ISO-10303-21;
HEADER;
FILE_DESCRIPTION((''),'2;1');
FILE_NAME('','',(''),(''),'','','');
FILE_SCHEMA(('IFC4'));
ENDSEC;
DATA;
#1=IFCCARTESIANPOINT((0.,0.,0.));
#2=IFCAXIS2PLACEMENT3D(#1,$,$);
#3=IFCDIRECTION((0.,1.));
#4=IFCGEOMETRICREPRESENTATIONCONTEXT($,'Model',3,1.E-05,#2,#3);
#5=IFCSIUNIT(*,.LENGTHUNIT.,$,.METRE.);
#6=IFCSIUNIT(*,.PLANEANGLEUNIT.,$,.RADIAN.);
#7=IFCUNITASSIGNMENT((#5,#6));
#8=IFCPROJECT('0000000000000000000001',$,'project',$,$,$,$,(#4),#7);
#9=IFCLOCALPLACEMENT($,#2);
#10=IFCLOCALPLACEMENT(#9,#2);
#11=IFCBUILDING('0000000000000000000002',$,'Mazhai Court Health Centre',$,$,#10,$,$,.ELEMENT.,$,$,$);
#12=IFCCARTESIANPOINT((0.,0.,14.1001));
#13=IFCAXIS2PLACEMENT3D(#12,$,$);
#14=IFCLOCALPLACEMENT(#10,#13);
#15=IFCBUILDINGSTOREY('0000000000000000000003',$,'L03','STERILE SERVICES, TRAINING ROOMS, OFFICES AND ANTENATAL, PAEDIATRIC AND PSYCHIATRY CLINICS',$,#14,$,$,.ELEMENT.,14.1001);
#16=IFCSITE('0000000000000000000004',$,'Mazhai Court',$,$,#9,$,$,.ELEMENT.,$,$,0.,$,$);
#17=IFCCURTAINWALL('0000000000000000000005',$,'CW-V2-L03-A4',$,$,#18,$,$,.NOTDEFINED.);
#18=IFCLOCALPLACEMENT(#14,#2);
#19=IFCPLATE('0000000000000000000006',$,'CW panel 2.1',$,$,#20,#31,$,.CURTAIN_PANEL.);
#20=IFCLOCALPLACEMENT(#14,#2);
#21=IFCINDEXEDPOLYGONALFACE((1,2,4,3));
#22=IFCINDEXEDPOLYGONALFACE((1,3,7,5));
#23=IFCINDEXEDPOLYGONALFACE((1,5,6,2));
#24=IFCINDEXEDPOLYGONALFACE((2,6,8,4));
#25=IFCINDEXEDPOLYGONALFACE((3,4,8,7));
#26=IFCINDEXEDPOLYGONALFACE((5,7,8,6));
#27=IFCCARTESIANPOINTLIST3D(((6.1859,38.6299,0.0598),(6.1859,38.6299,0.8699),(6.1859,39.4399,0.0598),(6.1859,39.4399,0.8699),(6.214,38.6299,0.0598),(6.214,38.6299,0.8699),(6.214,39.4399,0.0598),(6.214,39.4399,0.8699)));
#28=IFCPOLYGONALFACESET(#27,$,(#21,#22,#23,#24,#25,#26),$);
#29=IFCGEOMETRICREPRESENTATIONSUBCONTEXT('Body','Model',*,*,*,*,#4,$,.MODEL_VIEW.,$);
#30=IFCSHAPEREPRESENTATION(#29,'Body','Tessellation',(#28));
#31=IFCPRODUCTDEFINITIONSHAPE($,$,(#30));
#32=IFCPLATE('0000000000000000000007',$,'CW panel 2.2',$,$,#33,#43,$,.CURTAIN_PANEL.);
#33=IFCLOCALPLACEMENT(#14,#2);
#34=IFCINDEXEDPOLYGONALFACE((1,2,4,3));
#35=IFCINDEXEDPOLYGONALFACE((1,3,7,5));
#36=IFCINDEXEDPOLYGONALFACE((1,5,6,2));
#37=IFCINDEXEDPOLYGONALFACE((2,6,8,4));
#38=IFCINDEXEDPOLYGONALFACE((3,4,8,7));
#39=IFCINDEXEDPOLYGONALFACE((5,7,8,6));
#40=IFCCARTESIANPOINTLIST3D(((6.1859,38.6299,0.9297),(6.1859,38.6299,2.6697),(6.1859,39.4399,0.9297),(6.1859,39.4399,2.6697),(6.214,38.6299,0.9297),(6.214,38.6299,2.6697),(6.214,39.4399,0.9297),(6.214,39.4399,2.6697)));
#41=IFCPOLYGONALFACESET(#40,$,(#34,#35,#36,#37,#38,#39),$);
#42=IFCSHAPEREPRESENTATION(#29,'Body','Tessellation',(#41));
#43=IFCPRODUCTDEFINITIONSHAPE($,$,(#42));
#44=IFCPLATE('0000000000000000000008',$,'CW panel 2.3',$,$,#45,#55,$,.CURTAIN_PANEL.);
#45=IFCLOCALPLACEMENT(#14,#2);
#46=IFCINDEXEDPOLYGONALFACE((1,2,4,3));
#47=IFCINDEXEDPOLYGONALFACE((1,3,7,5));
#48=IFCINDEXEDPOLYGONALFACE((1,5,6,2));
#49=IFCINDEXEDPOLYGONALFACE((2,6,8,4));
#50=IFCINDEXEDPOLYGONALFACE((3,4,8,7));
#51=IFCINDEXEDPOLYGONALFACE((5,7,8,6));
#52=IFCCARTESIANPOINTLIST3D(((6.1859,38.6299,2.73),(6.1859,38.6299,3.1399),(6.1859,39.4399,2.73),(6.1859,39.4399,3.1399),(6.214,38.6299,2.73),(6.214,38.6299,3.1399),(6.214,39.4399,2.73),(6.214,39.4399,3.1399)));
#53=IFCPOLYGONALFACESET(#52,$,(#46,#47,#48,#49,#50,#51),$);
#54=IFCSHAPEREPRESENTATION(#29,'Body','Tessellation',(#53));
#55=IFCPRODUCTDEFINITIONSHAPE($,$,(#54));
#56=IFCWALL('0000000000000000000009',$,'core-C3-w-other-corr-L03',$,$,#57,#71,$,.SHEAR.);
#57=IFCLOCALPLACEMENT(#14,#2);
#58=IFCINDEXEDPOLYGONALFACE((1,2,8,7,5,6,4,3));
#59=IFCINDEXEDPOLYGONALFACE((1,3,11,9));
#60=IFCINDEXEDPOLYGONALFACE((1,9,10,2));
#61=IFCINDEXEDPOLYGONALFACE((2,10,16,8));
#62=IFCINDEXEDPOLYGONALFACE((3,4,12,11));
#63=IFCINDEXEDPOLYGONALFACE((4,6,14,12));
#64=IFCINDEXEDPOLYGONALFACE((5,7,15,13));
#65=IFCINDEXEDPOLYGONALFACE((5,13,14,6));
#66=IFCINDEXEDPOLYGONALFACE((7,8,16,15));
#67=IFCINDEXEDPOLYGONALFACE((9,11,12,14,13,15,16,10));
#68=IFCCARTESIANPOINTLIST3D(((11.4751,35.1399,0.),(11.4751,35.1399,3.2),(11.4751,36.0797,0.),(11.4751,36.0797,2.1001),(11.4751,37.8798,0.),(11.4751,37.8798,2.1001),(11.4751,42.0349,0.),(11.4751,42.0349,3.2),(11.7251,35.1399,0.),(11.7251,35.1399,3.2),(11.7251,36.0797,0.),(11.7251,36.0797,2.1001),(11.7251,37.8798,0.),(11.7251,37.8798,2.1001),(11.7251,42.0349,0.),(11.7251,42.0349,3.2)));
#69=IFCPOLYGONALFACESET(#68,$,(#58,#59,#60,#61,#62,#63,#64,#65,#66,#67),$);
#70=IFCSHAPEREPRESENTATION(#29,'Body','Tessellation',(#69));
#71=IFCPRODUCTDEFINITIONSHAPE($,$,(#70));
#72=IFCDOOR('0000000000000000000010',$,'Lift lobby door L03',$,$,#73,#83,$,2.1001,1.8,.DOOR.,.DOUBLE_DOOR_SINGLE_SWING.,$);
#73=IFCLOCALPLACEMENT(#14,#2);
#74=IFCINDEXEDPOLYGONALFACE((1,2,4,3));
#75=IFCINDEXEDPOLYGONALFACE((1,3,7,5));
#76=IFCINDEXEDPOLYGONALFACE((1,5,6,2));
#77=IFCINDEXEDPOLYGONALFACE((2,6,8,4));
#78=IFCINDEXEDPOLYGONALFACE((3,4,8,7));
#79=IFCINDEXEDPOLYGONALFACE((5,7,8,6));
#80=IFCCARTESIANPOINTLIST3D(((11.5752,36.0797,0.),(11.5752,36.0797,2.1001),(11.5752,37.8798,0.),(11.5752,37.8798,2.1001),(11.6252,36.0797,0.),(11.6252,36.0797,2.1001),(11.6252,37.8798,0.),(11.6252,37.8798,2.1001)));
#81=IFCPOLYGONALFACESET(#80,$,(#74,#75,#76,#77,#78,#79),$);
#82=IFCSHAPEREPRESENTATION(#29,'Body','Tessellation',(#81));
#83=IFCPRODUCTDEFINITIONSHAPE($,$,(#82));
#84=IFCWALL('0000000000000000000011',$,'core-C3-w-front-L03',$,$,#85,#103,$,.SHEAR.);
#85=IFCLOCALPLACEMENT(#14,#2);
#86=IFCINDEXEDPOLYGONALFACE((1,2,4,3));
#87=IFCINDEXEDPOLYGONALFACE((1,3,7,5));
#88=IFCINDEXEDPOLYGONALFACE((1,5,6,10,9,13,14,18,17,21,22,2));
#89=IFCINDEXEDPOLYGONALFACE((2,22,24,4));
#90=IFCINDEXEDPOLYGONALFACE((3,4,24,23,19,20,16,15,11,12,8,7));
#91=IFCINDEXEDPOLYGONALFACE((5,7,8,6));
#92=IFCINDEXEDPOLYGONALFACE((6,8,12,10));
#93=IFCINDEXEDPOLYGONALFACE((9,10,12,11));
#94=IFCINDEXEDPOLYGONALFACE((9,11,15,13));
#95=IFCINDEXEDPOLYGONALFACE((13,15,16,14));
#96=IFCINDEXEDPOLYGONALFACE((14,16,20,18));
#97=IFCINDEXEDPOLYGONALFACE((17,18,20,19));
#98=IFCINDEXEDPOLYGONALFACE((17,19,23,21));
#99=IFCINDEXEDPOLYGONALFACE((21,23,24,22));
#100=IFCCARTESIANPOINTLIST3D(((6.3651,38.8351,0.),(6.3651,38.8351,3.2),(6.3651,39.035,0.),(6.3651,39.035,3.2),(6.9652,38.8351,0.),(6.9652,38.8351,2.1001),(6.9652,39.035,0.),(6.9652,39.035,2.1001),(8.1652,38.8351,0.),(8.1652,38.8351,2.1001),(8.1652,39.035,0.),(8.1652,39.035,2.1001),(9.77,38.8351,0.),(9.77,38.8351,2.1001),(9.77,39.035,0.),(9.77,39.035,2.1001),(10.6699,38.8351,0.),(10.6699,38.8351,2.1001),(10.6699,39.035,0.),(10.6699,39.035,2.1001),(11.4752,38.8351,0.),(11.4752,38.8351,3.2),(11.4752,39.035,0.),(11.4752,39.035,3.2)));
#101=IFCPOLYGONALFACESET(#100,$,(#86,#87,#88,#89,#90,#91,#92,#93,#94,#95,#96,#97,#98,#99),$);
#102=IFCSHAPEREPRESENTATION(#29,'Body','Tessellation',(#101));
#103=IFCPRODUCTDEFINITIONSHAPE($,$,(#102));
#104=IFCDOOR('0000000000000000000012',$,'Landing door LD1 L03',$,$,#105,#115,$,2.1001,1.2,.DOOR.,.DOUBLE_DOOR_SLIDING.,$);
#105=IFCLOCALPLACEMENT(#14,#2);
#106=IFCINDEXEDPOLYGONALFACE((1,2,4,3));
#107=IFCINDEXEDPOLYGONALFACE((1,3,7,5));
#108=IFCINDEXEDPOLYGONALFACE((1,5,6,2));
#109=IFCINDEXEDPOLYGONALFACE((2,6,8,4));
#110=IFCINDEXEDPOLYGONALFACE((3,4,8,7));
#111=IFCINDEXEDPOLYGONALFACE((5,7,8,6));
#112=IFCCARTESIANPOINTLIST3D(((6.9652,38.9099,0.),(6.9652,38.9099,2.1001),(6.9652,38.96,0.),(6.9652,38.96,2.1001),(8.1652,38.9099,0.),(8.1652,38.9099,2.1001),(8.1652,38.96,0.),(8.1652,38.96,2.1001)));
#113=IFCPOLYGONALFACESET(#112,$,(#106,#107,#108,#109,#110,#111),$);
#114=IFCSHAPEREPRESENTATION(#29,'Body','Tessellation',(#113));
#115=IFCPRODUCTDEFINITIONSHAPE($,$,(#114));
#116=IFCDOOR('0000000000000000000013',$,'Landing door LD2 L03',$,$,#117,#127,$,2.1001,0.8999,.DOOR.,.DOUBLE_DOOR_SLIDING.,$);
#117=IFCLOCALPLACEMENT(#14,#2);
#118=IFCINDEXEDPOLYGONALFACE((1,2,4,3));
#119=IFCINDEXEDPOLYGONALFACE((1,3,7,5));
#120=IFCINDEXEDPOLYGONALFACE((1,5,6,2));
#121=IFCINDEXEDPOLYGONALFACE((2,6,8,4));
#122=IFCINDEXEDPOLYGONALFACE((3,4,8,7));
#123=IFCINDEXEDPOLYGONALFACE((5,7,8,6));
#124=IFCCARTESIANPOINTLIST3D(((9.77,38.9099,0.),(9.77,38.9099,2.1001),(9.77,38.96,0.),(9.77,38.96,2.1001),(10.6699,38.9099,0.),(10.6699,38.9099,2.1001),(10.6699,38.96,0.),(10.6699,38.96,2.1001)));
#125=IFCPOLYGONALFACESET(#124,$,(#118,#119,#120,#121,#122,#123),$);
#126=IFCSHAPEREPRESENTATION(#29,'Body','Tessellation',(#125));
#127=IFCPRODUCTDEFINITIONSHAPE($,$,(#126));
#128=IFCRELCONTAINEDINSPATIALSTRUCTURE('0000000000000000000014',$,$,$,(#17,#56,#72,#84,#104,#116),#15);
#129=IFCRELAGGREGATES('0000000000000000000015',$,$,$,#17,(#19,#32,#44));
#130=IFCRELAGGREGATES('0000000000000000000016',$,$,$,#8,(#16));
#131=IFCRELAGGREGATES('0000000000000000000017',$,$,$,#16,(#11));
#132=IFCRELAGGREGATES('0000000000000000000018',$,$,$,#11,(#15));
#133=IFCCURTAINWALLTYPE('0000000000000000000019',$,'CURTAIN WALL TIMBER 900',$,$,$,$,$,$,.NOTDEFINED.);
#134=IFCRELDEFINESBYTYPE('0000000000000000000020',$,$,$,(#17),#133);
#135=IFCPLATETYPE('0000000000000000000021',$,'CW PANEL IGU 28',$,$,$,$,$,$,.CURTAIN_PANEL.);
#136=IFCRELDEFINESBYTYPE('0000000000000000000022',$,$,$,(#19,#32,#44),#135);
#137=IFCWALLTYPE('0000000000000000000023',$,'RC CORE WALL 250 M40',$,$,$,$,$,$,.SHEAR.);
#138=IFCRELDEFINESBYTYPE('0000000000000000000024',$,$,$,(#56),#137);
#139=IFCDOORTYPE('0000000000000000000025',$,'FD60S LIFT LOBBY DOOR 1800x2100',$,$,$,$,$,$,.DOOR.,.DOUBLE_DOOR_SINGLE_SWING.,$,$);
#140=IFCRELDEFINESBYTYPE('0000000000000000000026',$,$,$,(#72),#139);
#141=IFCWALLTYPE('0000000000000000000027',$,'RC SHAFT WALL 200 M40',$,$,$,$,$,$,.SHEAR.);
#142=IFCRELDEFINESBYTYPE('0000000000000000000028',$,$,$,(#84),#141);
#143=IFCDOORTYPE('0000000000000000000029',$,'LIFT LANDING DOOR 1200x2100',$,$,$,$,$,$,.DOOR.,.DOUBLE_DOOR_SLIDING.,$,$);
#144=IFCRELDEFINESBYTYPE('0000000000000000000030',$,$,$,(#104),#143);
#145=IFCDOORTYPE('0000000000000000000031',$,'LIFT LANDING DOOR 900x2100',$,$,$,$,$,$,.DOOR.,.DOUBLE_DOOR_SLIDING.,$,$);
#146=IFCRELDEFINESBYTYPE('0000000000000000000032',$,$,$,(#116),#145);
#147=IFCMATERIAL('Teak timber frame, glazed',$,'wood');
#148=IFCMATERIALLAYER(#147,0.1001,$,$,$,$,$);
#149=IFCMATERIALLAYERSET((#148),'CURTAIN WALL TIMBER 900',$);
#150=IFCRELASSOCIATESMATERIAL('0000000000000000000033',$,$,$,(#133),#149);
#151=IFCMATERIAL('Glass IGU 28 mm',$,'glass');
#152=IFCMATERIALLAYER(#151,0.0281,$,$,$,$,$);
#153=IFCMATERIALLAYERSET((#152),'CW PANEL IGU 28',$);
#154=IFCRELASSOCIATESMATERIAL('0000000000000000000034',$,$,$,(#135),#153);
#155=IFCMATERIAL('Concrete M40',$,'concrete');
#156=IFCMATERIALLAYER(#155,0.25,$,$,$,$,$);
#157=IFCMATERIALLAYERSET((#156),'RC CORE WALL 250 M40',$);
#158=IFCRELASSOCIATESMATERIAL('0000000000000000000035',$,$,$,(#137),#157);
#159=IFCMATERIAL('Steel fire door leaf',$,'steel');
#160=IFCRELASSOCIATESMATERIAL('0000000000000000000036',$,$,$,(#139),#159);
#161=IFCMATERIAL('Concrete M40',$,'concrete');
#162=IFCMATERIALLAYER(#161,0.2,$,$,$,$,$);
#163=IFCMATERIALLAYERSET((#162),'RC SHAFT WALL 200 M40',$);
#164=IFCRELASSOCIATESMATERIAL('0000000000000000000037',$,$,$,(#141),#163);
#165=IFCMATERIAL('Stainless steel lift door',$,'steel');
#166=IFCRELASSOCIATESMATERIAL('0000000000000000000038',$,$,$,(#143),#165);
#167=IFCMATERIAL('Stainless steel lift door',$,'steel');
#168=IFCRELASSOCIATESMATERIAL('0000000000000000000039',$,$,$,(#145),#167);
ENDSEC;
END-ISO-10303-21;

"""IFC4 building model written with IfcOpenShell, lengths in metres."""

from ifc_helpers import new_model, si_unit, direction, frame, frame_2d, origin, origin_2d, place, context, subcontext, project, spatial, rectangle, extrude, material, layer, layer_set, type_object, element, fill, aggregate, save


model = new_model("IFC4")

# Units and contexts
model_context = context("Model", 3, precision=1e-05, world=origin(), true_north=direction((0.0, 1.0)))
body_context = subcontext(model_context, "Body", "Model", "MODEL_VIEW")
ifc_project = project(units=[si_unit("LENGTHUNIT", "METRE"), si_unit("PLANEANGLEUNIT", "RADIAN")], contexts=[model_context])

# Site, building, storey
site_placement = place(None, origin())
site = spatial("IfcSite", under=ifc_project, at=site_placement, Name="Mazhai Court", CompositionType="ELEMENT", RefElevation=0.0)
building_placement = place(site_placement, origin())
building = spatial("IfcBuilding", under=site, at=building_placement, Name="Mazhai Court Health Centre", CompositionType="ELEMENT")
storey_placement = place(building_placement, frame((0.0, 0.0, 14.1001)))
storey = spatial("IfcBuildingStorey", under=building, at=storey_placement, Name="L03", Description="STERILE SERVICES, TRAINING ROOMS, OFFICES AND ANTENATAL, PAEDIATRIC AND PSYCHIATRY CLINICS", CompositionType="ELEMENT", Elevation=14.1001)

# Curtain wall, plates
ifc_material_1 = material(Name="Teak timber frame, glazed", Category="wood")
ifc_layer_1 = layer(ifc_material_1, 0.1001)
ifc_layer_set_1 = layer_set([ifc_layer_1], Name="CURTAIN WALL TIMBER 900")
curtain_wall_type = type_object("IfcCurtainWallType", Name="CURTAIN WALL TIMBER 900", PredefinedType="NOTDEFINED", material=ifc_layer_set_1)
curtain_wall_placement = place(storey_placement, origin())
curtain_wall = element("IfcCurtainWall", 1, at=curtain_wall_placement, inside=storey, type_object=curtain_wall_type, Name="CW-V2-L03-A4", PredefinedType="NOTDEFINED")
ifc_material_2 = material(Name="Glass IGU 28 mm", Category="glass")
ifc_layer_2 = layer(ifc_material_2, 0.0281)
ifc_layer_set_2 = layer_set([ifc_layer_2], Name="CW PANEL IGU 28")
plate_type = type_object("IfcPlateType", Name="CW PANEL IGU 28", PredefinedType="CURTAIN_PANEL", material=ifc_layer_set_2)
plate_1_placement = place(storey_placement, frame((6.2, 39.0349, 0.0598), z_axis=(0.0, 0.0, 1.0), x_axis=(0.0, 1.0, 0.0)))
plate_1 = element("IfcPlate", 2, at=plate_1_placement, type_object=plate_type, Name="CW panel 2.1", PredefinedType="CURTAIN_PANEL", context=body_context, shape_type="SweptSolid", body=[
    extrude(rectangle(XDim=0.8101, YDim=0.0281, at=origin_2d()), origin(), (0.0, 0.0, 1.0), 0.8101),
])
plate_2_placement = place(storey_placement, frame((6.2, 39.0349, 0.9297), z_axis=(0.0, 0.0, 1.0), x_axis=(0.0, 1.0, 0.0)))
plate_2 = element("IfcPlate", 3, at=plate_2_placement, type_object=plate_type, Name="CW panel 2.2", PredefinedType="CURTAIN_PANEL", context=body_context, shape_type="SweptSolid", body=[
    extrude(rectangle(XDim=0.8101, YDim=0.0281, at=origin_2d()), origin(), (0.0, 0.0, 1.0), 1.74),
])
plate_3_placement = place(storey_placement, frame((6.2, 39.0349, 2.73), z_axis=(0.0, 0.0, 1.0), x_axis=(0.0, 1.0, 0.0)))
plate_3 = element("IfcPlate", 4, at=plate_3_placement, type_object=plate_type, Name="CW panel 2.3", PredefinedType="CURTAIN_PANEL", context=body_context, shape_type="SweptSolid", body=[
    extrude(rectangle(XDim=0.8101, YDim=0.0281, at=origin_2d()), origin(), (0.0, 0.0, 1.0), 0.4099),
])
aggregate(curtain_wall, [plate_1, plate_2, plate_3])

# Wall, opening, door
ifc_material_3 = material(Name="Concrete M40", Category="concrete")
ifc_layer_3 = layer(ifc_material_3, 0.25)
ifc_layer_set_3 = layer_set([ifc_layer_3], Name="RC CORE WALL 250 M40")
wall_type_1 = type_object("IfcWallType", Name="RC CORE WALL 250 M40", PredefinedType="SHEAR", material=ifc_layer_set_3)
wall_1_placement = place(storey_placement, frame((11.6001, 35.1399, 0.0), z_axis=(0.0, 0.0, 1.0), x_axis=(0.0, 1.0, 0.0)))
wall_1 = element("IfcWall", 5, at=wall_1_placement, inside=storey, type_object=wall_type_1, Name="core-C3-w-other-corr-L03", PredefinedType="SHEAR", context=body_context, shape_type="SweptSolid", body=[
    extrude(rectangle(XDim=6.895, YDim=0.25, at=frame_2d((3.4475, 0.0))), origin(), (0.0, 0.0, 1.0), 3.2),
])
opening_1_placement = place(wall_1_placement, frame((0.9399, 0.0, 0.0)))
opening_1 = element("IfcOpeningElement", 6, at=opening_1_placement, cuts=wall_1, PredefinedType="OPENING", context=body_context, shape_type="SweptSolid", body=[
    extrude(rectangle(XDim=1.8, YDim=2.1001, at=frame_2d((0.8999, 1.05))), frame((0.0, 0.135, 0.0), z_axis=(0.0, -1.0, 0.0), x_axis=(1.0, 0.0, 0.0)), (0.0, 0.0, 1.0), 0.27),
])
ifc_material_4 = material(Name="Steel fire door leaf", Category="steel")
door_type_1 = type_object("IfcDoorType", Name="FD60S LIFT LOBBY DOOR 1800x2100", OperationType="DOUBLE_DOOR_SINGLE_SWING", PredefinedType="DOOR", material=ifc_material_4)
door_1_placement = place(opening_1_placement, origin())
door_1 = element("IfcDoor", 7, at=door_1_placement, inside=storey, type_object=door_type_1, Name="Lift lobby door L03", OperationType="DOUBLE_DOOR_SINGLE_SWING", OverallHeight=2.1001, OverallWidth=1.8, PredefinedType="DOOR", context=body_context, shape_type="SweptSolid", body=[
    extrude(rectangle(XDim=1.8, YDim=2.1001, at=frame_2d((0.8999, 1.05))), frame((0.0, 0.0249, 0.0), z_axis=(0.0, -1.0, 0.0), x_axis=(1.0, 0.0, 0.0)), (0.0, 0.0, 1.0), 0.05),
])
fill(opening_1, door_1)

# Wall, openings, doors
ifc_material_5 = material(Name="Concrete M40", Category="concrete")
ifc_layer_4 = layer(ifc_material_5, 0.2)
ifc_layer_set_4 = layer_set([ifc_layer_4], Name="RC SHAFT WALL 200 M40")
wall_type_2 = type_object("IfcWallType", Name="RC SHAFT WALL 200 M40", PredefinedType="SHEAR", material=ifc_layer_set_4)
wall_2_placement = place(storey_placement, frame((6.365, 38.9351, 0.0), z_axis=(0.0, 0.0, 1.0), x_axis=(1.0, 0.0, 0.0)))
wall_2 = element("IfcWall", 8, at=wall_2_placement, inside=storey, type_object=wall_type_2, Name="core-C3-w-front-L03", PredefinedType="SHEAR", context=body_context, shape_type="SweptSolid", body=[
    extrude(rectangle(XDim=5.1101, YDim=0.2, at=frame_2d((2.5552, 0.0))), origin(), (0.0, 0.0, 1.0), 3.2),
])
opening_2_placement = place(wall_2_placement, frame((0.6001, 0.0, 0.0)))
opening_2 = element("IfcOpeningElement", 9, at=opening_2_placement, cuts=wall_2, PredefinedType="OPENING", context=body_context, shape_type="SweptSolid", body=[
    extrude(rectangle(XDim=1.2, YDim=2.1001, at=frame_2d((0.6001, 1.05))), frame((0.0, 0.1099, 0.0), z_axis=(0.0, -1.0, 0.0), x_axis=(1.0, 0.0, 0.0)), (0.0, 0.0, 1.0), 0.22),
])
opening_3_placement = place(wall_2_placement, frame((3.405, 0.0, 0.0)))
opening_3 = element("IfcOpeningElement", 10, at=opening_3_placement, cuts=wall_2, PredefinedType="OPENING", context=body_context, shape_type="SweptSolid", body=[
    extrude(rectangle(XDim=0.8999, YDim=2.1001, at=frame_2d((0.45, 1.05))), frame((0.0, 0.1099, 0.0), z_axis=(0.0, -1.0, 0.0), x_axis=(1.0, 0.0, 0.0)), (0.0, 0.0, 1.0), 0.22),
])
ifc_material_6 = material(Name="Stainless steel lift door", Category="steel")
door_type_2 = type_object("IfcDoorType", Name="LIFT LANDING DOOR 1200x2100", OperationType="DOUBLE_DOOR_SLIDING", PredefinedType="DOOR", material=ifc_material_6)
door_2_placement = place(opening_2_placement, origin())
door_2 = element("IfcDoor", 11, at=door_2_placement, inside=storey, type_object=door_type_2, Name="Landing door LD1 L03", OperationType="DOUBLE_DOOR_SLIDING", OverallHeight=2.1001, OverallWidth=1.2, PredefinedType="DOOR", context=body_context, shape_type="SweptSolid", body=[
    extrude(rectangle(XDim=1.2, YDim=2.1001, at=frame_2d((0.6001, 1.05))), frame((0.0, 0.0249, 0.0), z_axis=(0.0, -1.0, 0.0), x_axis=(1.0, 0.0, 0.0)), (0.0, 0.0, 1.0), 0.05),
])
fill(opening_2, door_2)
ifc_material_7 = material(Name="Stainless steel lift door", Category="steel")
door_type_3 = type_object("IfcDoorType", Name="LIFT LANDING DOOR 900x2100", OperationType="DOUBLE_DOOR_SLIDING", PredefinedType="DOOR", material=ifc_material_7)
door_3_placement = place(opening_3_placement, origin())
door_3 = element("IfcDoor", 12, at=door_3_placement, inside=storey, type_object=door_type_3, Name="Landing door LD2 L03", OperationType="DOUBLE_DOOR_SLIDING", OverallHeight=2.1001, OverallWidth=0.8999, PredefinedType="DOOR", context=body_context, shape_type="SweptSolid", body=[
    extrude(rectangle(XDim=0.8999, YDim=2.1001, at=frame_2d((0.45, 1.05))), frame((0.0, 0.0249, 0.0), z_axis=(0.0, -1.0, 0.0), x_axis=(1.0, 0.0, 0.0)), (0.0, 0.0, 1.0), 0.05),
])
fill(opening_3, door_3)

save(model, "model.ifc")
